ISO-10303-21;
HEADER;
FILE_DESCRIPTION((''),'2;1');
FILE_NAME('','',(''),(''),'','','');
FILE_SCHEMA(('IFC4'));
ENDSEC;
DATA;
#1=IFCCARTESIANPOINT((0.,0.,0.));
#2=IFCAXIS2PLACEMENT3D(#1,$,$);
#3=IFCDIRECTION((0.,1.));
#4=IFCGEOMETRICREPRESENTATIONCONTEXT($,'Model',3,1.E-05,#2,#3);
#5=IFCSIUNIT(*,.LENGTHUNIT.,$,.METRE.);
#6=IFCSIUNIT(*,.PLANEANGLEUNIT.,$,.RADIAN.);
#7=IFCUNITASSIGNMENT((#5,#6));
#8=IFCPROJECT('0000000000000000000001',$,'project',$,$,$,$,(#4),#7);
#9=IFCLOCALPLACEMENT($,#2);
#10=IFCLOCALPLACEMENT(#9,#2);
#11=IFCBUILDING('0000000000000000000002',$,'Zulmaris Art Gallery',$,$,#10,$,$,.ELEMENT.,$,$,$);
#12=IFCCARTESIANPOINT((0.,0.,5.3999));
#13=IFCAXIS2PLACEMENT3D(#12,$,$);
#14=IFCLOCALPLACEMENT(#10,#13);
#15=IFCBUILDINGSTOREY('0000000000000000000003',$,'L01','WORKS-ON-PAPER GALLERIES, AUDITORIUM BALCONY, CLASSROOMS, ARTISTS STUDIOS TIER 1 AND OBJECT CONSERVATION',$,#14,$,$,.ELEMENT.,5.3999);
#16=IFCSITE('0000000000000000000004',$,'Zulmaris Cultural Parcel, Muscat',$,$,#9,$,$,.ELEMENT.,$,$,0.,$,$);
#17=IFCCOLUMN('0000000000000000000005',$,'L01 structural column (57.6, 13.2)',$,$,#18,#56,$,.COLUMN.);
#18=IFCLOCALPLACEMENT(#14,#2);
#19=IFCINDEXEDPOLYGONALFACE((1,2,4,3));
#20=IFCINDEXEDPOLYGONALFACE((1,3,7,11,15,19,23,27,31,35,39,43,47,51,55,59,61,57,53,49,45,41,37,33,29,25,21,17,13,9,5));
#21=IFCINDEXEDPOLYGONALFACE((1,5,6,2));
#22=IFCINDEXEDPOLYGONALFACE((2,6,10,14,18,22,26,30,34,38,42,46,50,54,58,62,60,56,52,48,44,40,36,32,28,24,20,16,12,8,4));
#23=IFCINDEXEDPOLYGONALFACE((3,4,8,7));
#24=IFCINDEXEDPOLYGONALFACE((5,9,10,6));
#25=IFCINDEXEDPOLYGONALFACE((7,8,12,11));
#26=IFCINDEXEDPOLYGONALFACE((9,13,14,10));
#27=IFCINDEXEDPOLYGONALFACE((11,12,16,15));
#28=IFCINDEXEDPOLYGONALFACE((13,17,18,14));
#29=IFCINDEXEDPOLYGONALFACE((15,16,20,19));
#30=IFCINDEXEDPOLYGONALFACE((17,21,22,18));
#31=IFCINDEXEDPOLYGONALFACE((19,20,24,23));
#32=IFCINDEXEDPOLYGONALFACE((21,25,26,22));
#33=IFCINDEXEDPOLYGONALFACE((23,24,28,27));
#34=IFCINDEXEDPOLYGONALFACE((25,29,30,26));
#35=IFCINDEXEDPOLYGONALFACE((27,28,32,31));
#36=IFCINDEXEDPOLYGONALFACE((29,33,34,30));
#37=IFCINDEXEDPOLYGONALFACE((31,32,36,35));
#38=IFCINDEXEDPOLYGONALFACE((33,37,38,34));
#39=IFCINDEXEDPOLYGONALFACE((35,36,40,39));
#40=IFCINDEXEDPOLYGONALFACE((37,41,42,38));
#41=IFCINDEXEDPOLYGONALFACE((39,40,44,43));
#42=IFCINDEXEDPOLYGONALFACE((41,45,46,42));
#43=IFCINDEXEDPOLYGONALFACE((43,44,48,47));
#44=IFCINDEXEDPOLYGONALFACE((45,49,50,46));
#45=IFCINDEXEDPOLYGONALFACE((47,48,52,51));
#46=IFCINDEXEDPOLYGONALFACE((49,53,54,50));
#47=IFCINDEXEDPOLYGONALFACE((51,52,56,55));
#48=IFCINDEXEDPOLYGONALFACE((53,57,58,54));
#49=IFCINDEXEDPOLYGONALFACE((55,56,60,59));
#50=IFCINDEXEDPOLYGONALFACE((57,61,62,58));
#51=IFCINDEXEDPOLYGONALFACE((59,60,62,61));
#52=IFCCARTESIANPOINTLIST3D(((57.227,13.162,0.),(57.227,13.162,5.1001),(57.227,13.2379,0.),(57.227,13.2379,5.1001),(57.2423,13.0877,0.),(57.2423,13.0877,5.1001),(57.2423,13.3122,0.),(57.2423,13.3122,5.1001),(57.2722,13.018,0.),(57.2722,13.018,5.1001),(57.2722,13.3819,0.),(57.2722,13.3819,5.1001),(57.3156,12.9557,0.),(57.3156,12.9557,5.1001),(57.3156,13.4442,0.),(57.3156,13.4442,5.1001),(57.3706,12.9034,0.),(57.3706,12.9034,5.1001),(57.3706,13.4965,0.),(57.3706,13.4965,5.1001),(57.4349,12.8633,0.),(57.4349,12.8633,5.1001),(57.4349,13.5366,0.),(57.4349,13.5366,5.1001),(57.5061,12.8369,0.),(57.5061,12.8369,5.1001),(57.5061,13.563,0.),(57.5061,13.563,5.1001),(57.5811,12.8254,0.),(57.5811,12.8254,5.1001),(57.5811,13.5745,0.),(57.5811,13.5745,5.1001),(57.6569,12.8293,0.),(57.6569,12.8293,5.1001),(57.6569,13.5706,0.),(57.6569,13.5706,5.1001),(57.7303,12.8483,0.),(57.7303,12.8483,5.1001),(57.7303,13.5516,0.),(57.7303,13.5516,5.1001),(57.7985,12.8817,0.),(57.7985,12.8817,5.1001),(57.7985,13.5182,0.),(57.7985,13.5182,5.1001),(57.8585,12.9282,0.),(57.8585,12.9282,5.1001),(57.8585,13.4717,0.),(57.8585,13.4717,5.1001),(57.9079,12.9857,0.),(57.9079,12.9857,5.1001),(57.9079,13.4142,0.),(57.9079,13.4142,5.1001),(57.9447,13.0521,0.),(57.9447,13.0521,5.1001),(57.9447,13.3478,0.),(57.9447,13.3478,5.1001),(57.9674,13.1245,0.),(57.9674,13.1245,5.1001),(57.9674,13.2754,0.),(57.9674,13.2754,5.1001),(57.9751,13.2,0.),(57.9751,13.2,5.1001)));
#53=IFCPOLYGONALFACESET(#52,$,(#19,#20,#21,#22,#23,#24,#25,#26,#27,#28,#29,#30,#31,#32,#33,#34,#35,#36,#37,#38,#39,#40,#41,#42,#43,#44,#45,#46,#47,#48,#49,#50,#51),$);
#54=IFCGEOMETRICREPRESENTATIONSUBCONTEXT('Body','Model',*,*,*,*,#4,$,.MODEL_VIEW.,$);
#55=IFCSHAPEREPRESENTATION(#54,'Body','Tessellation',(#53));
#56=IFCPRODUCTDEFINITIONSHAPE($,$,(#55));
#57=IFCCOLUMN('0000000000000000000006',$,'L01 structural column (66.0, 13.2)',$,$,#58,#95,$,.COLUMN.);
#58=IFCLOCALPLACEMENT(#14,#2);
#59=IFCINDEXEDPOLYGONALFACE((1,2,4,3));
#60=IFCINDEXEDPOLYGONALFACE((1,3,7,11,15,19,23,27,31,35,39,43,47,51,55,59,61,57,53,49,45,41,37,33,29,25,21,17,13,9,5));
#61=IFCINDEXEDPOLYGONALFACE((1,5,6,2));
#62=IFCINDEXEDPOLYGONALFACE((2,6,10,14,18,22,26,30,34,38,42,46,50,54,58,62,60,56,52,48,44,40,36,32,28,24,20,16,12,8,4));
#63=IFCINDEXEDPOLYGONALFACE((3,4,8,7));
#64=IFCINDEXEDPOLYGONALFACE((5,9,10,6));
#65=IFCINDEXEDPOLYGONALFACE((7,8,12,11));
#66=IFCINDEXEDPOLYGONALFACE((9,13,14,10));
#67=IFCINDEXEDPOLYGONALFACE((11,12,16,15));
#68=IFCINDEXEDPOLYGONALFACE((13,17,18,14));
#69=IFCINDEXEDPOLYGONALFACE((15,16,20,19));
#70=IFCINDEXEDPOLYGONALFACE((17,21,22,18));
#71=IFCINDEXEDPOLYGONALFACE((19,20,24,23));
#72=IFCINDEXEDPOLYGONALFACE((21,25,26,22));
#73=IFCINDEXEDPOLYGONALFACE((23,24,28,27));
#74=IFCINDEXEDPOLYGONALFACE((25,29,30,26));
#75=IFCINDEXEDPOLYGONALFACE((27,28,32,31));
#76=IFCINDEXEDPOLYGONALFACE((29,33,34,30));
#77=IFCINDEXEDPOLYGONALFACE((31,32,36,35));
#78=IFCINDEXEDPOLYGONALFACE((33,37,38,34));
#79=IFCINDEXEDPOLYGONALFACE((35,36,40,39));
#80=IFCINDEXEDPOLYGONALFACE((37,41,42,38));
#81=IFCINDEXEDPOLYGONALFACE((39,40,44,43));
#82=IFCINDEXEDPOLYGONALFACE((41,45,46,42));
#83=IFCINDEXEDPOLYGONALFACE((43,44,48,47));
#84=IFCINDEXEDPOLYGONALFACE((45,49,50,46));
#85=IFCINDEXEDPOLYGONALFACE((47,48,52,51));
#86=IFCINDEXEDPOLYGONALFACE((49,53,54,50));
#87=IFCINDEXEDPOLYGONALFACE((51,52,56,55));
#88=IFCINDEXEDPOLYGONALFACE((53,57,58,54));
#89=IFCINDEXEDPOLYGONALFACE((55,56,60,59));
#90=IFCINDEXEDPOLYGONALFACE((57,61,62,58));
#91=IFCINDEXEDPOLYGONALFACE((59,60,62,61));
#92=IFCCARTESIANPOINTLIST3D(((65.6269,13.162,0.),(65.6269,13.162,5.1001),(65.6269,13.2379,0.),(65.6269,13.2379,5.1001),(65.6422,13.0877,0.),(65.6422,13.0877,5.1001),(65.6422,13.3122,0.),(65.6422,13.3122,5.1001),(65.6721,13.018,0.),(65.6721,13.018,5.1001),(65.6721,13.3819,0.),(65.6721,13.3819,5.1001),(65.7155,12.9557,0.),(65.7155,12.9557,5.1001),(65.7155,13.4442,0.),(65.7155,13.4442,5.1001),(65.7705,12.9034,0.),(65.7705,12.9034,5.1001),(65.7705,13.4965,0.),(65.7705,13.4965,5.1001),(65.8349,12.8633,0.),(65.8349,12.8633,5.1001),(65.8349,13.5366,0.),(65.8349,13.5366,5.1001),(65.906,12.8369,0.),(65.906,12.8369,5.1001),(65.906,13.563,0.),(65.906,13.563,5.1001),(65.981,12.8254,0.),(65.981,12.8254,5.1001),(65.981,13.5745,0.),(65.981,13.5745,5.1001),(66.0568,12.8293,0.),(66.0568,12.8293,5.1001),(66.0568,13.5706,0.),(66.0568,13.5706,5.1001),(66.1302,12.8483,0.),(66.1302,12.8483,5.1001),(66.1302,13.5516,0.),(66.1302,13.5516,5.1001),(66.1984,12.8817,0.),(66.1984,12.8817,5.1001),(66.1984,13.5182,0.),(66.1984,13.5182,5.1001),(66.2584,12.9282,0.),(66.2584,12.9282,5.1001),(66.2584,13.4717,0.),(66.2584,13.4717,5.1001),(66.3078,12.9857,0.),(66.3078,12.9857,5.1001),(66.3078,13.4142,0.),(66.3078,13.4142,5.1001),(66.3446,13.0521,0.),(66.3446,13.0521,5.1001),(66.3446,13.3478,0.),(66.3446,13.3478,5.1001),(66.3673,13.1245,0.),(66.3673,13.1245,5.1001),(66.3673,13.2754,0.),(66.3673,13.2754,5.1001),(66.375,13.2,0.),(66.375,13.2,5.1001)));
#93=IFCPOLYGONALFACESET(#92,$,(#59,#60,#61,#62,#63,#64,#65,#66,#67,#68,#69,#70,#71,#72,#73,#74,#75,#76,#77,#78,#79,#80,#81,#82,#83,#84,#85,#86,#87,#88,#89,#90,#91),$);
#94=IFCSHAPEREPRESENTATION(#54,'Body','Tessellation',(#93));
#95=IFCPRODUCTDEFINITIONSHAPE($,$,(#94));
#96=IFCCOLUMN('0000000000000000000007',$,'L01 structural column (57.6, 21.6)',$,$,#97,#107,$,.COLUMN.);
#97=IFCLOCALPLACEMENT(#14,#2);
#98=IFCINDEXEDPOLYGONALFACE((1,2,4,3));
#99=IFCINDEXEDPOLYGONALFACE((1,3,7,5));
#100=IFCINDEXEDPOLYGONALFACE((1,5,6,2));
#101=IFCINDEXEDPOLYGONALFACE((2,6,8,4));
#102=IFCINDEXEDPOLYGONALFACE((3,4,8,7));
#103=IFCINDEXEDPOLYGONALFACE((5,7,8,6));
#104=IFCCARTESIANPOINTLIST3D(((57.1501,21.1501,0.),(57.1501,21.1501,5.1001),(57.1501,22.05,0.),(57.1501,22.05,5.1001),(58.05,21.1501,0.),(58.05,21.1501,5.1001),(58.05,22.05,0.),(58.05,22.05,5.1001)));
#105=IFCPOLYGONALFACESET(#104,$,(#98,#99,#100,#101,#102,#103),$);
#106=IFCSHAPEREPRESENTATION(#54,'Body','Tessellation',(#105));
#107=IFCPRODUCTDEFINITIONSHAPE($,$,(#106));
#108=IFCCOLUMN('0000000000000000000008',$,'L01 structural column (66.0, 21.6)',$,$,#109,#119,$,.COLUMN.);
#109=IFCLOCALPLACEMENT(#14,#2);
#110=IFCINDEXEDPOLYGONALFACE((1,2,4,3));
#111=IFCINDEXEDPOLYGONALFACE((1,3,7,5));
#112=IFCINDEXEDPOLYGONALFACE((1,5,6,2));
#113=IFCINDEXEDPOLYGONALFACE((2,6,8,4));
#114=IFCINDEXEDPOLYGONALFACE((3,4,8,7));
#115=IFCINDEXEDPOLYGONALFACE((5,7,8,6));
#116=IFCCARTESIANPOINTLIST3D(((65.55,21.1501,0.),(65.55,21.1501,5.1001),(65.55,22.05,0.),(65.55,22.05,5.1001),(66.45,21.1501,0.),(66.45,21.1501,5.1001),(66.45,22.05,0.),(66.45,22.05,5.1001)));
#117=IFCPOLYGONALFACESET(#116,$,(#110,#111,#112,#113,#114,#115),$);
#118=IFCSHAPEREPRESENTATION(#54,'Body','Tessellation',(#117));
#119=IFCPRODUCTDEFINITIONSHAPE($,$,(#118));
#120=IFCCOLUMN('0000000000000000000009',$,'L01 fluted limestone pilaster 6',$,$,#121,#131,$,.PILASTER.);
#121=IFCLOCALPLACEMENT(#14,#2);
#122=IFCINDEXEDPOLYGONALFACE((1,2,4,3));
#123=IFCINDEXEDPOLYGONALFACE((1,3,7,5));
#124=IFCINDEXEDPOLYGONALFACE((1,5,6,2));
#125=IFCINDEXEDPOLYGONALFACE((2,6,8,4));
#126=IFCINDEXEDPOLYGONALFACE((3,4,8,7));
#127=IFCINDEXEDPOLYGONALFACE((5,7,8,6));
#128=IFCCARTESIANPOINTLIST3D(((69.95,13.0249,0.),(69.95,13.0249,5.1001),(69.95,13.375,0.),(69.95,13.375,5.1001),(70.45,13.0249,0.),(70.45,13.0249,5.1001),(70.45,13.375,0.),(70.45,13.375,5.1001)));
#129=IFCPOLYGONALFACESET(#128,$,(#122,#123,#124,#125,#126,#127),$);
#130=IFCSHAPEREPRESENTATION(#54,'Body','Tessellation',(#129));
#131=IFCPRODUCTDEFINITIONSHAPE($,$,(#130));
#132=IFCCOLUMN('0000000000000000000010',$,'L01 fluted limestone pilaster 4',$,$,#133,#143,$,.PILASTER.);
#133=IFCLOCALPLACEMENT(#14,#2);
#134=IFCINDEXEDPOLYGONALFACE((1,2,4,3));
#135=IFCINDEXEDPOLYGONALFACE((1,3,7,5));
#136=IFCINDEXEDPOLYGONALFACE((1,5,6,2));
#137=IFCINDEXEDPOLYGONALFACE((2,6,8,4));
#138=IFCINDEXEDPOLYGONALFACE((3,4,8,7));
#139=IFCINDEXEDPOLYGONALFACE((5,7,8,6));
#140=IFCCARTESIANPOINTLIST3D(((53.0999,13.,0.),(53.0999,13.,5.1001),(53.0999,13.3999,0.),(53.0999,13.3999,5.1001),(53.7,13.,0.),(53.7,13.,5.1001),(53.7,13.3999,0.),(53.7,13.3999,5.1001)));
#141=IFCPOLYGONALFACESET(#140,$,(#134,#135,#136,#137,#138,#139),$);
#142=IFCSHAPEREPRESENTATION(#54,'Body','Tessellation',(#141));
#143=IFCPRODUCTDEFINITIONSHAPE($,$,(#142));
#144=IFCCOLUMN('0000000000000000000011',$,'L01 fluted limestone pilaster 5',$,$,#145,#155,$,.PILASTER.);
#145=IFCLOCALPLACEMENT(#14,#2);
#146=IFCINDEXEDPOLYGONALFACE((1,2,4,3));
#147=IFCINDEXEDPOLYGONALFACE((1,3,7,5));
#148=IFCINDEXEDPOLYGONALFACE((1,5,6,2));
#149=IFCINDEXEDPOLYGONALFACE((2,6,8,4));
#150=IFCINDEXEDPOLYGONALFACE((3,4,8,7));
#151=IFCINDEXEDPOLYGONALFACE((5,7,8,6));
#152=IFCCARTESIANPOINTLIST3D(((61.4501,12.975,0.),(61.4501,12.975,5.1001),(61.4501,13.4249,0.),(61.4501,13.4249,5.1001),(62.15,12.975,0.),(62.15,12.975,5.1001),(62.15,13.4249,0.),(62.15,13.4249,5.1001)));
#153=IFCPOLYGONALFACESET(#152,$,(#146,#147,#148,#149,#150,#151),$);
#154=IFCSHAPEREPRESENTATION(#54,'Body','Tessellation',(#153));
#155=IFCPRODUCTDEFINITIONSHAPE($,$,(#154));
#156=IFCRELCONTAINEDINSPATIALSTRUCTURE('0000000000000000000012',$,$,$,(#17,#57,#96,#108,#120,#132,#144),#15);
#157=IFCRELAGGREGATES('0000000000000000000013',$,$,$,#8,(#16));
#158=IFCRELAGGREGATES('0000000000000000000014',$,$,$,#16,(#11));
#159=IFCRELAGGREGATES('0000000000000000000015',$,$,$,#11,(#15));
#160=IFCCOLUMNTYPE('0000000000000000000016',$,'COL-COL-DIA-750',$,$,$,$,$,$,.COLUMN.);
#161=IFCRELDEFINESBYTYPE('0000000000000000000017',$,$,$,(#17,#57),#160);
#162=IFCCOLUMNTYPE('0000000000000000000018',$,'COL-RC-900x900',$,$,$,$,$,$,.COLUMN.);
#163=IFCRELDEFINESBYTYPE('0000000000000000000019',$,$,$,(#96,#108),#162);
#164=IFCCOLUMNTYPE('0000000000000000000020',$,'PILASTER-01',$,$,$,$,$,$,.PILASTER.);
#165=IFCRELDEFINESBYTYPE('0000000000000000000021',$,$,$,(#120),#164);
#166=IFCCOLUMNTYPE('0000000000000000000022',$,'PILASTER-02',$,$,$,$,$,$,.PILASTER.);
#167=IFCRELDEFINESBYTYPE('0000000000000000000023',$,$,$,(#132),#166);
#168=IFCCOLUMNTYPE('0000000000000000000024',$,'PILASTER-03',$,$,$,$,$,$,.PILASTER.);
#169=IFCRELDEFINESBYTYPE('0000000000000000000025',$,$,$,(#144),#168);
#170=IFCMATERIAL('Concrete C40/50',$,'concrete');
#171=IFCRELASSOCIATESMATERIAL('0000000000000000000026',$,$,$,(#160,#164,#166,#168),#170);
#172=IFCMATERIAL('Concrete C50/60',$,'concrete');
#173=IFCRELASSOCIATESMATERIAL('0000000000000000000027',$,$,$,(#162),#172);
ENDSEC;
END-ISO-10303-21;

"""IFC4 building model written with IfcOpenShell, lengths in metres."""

from ifc_helpers import new_model, si_unit, direction, frame, origin, origin_2d, place, context, subcontext, project, spatial, rectangle, circle, extrude, material, material_profile, profile_set, type_object, element, save


model = new_model("IFC4")

# Units and contexts
model_context = context("Model", 3, precision=1e-05, world=origin(), true_north=direction((0.0, 1.0)))
body_context = subcontext(model_context, "Body", "Model", "MODEL_VIEW")
ifc_project = project(units=[si_unit("LENGTHUNIT", "METRE"), si_unit("PLANEANGLEUNIT", "RADIAN")], contexts=[model_context])

# Site, building, storey
site_placement = place(None, origin())
site = spatial("IfcSite", under=ifc_project, at=site_placement, Name="Zulmaris Cultural Parcel, Muscat", CompositionType="ELEMENT", RefElevation=0.0)
building_placement = place(site_placement, origin())
building = spatial("IfcBuilding", under=site, at=building_placement, Name="Zulmaris Art Gallery", CompositionType="ELEMENT")
storey_placement = place(building_placement, frame((0.0, 0.0, 5.3999)))
storey = spatial("IfcBuildingStorey", under=building, at=storey_placement, Name="L01", Description="WORKS-ON-PAPER GALLERIES, AUDITORIUM BALCONY, CLASSROOMS, ARTISTS STUDIOS TIER 1 AND OBJECT CONSERVATION", CompositionType="ELEMENT", Elevation=5.3999)

# Columns
ifc_material_1 = material(Name="Concrete C40/50", Category="concrete")
ifc_material_profile_1 = material_profile(ifc_material_1, circle(Radius=0.375, at=origin_2d()), Name="COL DIA 750")
ifc_profile_set_1 = profile_set([ifc_material_profile_1], Name="Concrete C40/50")
column_type_1 = type_object("IfcColumnType", Name="COL-COL-DIA-750", PredefinedType="COLUMN", material=ifc_profile_set_1)
for number, where, z_axis, x_axis, name in (
    (1, (57.6001, 13.2, 0.0), (0.0, 0.0, 1.0), (1.0, 0.0, 0.0), "L01 structural column (57.6, 13.2)"),
    (2, (66.0, 13.2, 0.0), (0.0, 0.0, 1.0), (1.0, 0.0, 0.0), "L01 structural column (66.0, 13.2)"),
):
    element("IfcColumn", number, at=place(storey_placement, frame(where, z_axis=z_axis, x_axis=x_axis)), inside=storey, type_object=column_type_1, Name=name, PredefinedType="COLUMN", context=body_context, shape_type="SweptSolid", body=[
        extrude(circle(Radius=0.375, at=origin_2d()), origin(), (0.0, 0.0, 1.0), 5.1001),
    ])
ifc_material_2 = material(Name="Concrete C50/60", Category="concrete")
ifc_material_profile_2 = material_profile(ifc_material_2, rectangle(XDim=0.8999, YDim=0.8999, at=origin_2d()), Name="RC 900x900")
ifc_profile_set_2 = profile_set([ifc_material_profile_2], Name="Concrete C50/60")
column_type_2 = type_object("IfcColumnType", Name="COL-RC-900x900", PredefinedType="COLUMN", material=ifc_profile_set_2)
for number, where, z_axis, x_axis, name in (
    (3, (57.6001, 21.6001, 0.0), (0.0, 0.0, 1.0), (1.0, 0.0, 0.0), "L01 structural column (57.6, 21.6)"),
    (4, (66.0, 21.6001, 0.0), (0.0, 0.0, 1.0), (1.0, 0.0, 0.0), "L01 structural column (66.0, 21.6)"),
):
    element("IfcColumn", number, at=place(storey_placement, frame(where, z_axis=z_axis, x_axis=x_axis)), inside=storey, type_object=column_type_2, Name=name, PredefinedType="COLUMN", context=body_context, shape_type="SweptSolid", body=[
        extrude(rectangle(XDim=0.8999, YDim=0.8999, at=origin_2d()), origin(), (0.0, 0.0, 1.0), 5.1001),
    ])
ifc_material_profile_3 = material_profile(ifc_material_1, rectangle(XDim=0.5, YDim=0.3501, at=origin_2d()), Name="PIL 500x350")
ifc_profile_set_3 = profile_set([ifc_material_profile_3], Name="Concrete C40/50")
column_type_3 = type_object("IfcColumnType", Name="PILASTER-01", PredefinedType="PILASTER", material=ifc_profile_set_3)
column_1_placement = place(storey_placement, frame((70.2, 13.2, 0.0), z_axis=(0.0, 0.0, 1.0), x_axis=(1.0, 0.0, 0.0)))
element("IfcColumn", 5, at=column_1_placement, inside=storey, type_object=column_type_3, Name="L01 fluted limestone pilaster 6", PredefinedType="PILASTER", context=body_context, shape_type="SweptSolid", body=[
    extrude(rectangle(XDim=0.5, YDim=0.3501, at=origin_2d()), origin(), (0.0, 0.0, 1.0), 5.1001),
])
ifc_material_profile_4 = material_profile(ifc_material_1, rectangle(XDim=0.6001, YDim=0.3999, at=origin_2d()), Name="PIL 600x400")
ifc_profile_set_4 = profile_set([ifc_material_profile_4], Name="Concrete C40/50")
column_type_4 = type_object("IfcColumnType", Name="PILASTER-02", PredefinedType="PILASTER", material=ifc_profile_set_4)
column_2_placement = place(storey_placement, frame((53.3999, 13.2, 0.0), z_axis=(0.0, 0.0, 1.0), x_axis=(1.0, 0.0, 0.0)))
element("IfcColumn", 6, at=column_2_placement, inside=storey, type_object=column_type_4, Name="L01 fluted limestone pilaster 4", PredefinedType="PILASTER", context=body_context, shape_type="SweptSolid", body=[
    extrude(rectangle(XDim=0.6001, YDim=0.3999, at=origin_2d()), origin(), (0.0, 0.0, 1.0), 5.1001),
])
ifc_material_profile_5 = material_profile(ifc_material_1, rectangle(XDim=0.7, YDim=0.45, at=origin_2d()), Name="PIL 700x450")
ifc_profile_set_5 = profile_set([ifc_material_profile_5], Name="Concrete C40/50")
column_type_5 = type_object("IfcColumnType", Name="PILASTER-03", PredefinedType="PILASTER", material=ifc_profile_set_5)
column_3_placement = place(storey_placement, frame((61.8, 13.2, 0.0), z_axis=(0.0, 0.0, 1.0), x_axis=(1.0, 0.0, 0.0)))
element("IfcColumn", 7, at=column_3_placement, inside=storey, type_object=column_type_5, Name="L01 fluted limestone pilaster 5", PredefinedType="PILASTER", context=body_context, shape_type="SweptSolid", body=[
    extrude(rectangle(XDim=0.7, YDim=0.45, at=origin_2d()), origin(), (0.0, 0.0, 1.0), 5.1001),
])

save(model, "model.ifc")
